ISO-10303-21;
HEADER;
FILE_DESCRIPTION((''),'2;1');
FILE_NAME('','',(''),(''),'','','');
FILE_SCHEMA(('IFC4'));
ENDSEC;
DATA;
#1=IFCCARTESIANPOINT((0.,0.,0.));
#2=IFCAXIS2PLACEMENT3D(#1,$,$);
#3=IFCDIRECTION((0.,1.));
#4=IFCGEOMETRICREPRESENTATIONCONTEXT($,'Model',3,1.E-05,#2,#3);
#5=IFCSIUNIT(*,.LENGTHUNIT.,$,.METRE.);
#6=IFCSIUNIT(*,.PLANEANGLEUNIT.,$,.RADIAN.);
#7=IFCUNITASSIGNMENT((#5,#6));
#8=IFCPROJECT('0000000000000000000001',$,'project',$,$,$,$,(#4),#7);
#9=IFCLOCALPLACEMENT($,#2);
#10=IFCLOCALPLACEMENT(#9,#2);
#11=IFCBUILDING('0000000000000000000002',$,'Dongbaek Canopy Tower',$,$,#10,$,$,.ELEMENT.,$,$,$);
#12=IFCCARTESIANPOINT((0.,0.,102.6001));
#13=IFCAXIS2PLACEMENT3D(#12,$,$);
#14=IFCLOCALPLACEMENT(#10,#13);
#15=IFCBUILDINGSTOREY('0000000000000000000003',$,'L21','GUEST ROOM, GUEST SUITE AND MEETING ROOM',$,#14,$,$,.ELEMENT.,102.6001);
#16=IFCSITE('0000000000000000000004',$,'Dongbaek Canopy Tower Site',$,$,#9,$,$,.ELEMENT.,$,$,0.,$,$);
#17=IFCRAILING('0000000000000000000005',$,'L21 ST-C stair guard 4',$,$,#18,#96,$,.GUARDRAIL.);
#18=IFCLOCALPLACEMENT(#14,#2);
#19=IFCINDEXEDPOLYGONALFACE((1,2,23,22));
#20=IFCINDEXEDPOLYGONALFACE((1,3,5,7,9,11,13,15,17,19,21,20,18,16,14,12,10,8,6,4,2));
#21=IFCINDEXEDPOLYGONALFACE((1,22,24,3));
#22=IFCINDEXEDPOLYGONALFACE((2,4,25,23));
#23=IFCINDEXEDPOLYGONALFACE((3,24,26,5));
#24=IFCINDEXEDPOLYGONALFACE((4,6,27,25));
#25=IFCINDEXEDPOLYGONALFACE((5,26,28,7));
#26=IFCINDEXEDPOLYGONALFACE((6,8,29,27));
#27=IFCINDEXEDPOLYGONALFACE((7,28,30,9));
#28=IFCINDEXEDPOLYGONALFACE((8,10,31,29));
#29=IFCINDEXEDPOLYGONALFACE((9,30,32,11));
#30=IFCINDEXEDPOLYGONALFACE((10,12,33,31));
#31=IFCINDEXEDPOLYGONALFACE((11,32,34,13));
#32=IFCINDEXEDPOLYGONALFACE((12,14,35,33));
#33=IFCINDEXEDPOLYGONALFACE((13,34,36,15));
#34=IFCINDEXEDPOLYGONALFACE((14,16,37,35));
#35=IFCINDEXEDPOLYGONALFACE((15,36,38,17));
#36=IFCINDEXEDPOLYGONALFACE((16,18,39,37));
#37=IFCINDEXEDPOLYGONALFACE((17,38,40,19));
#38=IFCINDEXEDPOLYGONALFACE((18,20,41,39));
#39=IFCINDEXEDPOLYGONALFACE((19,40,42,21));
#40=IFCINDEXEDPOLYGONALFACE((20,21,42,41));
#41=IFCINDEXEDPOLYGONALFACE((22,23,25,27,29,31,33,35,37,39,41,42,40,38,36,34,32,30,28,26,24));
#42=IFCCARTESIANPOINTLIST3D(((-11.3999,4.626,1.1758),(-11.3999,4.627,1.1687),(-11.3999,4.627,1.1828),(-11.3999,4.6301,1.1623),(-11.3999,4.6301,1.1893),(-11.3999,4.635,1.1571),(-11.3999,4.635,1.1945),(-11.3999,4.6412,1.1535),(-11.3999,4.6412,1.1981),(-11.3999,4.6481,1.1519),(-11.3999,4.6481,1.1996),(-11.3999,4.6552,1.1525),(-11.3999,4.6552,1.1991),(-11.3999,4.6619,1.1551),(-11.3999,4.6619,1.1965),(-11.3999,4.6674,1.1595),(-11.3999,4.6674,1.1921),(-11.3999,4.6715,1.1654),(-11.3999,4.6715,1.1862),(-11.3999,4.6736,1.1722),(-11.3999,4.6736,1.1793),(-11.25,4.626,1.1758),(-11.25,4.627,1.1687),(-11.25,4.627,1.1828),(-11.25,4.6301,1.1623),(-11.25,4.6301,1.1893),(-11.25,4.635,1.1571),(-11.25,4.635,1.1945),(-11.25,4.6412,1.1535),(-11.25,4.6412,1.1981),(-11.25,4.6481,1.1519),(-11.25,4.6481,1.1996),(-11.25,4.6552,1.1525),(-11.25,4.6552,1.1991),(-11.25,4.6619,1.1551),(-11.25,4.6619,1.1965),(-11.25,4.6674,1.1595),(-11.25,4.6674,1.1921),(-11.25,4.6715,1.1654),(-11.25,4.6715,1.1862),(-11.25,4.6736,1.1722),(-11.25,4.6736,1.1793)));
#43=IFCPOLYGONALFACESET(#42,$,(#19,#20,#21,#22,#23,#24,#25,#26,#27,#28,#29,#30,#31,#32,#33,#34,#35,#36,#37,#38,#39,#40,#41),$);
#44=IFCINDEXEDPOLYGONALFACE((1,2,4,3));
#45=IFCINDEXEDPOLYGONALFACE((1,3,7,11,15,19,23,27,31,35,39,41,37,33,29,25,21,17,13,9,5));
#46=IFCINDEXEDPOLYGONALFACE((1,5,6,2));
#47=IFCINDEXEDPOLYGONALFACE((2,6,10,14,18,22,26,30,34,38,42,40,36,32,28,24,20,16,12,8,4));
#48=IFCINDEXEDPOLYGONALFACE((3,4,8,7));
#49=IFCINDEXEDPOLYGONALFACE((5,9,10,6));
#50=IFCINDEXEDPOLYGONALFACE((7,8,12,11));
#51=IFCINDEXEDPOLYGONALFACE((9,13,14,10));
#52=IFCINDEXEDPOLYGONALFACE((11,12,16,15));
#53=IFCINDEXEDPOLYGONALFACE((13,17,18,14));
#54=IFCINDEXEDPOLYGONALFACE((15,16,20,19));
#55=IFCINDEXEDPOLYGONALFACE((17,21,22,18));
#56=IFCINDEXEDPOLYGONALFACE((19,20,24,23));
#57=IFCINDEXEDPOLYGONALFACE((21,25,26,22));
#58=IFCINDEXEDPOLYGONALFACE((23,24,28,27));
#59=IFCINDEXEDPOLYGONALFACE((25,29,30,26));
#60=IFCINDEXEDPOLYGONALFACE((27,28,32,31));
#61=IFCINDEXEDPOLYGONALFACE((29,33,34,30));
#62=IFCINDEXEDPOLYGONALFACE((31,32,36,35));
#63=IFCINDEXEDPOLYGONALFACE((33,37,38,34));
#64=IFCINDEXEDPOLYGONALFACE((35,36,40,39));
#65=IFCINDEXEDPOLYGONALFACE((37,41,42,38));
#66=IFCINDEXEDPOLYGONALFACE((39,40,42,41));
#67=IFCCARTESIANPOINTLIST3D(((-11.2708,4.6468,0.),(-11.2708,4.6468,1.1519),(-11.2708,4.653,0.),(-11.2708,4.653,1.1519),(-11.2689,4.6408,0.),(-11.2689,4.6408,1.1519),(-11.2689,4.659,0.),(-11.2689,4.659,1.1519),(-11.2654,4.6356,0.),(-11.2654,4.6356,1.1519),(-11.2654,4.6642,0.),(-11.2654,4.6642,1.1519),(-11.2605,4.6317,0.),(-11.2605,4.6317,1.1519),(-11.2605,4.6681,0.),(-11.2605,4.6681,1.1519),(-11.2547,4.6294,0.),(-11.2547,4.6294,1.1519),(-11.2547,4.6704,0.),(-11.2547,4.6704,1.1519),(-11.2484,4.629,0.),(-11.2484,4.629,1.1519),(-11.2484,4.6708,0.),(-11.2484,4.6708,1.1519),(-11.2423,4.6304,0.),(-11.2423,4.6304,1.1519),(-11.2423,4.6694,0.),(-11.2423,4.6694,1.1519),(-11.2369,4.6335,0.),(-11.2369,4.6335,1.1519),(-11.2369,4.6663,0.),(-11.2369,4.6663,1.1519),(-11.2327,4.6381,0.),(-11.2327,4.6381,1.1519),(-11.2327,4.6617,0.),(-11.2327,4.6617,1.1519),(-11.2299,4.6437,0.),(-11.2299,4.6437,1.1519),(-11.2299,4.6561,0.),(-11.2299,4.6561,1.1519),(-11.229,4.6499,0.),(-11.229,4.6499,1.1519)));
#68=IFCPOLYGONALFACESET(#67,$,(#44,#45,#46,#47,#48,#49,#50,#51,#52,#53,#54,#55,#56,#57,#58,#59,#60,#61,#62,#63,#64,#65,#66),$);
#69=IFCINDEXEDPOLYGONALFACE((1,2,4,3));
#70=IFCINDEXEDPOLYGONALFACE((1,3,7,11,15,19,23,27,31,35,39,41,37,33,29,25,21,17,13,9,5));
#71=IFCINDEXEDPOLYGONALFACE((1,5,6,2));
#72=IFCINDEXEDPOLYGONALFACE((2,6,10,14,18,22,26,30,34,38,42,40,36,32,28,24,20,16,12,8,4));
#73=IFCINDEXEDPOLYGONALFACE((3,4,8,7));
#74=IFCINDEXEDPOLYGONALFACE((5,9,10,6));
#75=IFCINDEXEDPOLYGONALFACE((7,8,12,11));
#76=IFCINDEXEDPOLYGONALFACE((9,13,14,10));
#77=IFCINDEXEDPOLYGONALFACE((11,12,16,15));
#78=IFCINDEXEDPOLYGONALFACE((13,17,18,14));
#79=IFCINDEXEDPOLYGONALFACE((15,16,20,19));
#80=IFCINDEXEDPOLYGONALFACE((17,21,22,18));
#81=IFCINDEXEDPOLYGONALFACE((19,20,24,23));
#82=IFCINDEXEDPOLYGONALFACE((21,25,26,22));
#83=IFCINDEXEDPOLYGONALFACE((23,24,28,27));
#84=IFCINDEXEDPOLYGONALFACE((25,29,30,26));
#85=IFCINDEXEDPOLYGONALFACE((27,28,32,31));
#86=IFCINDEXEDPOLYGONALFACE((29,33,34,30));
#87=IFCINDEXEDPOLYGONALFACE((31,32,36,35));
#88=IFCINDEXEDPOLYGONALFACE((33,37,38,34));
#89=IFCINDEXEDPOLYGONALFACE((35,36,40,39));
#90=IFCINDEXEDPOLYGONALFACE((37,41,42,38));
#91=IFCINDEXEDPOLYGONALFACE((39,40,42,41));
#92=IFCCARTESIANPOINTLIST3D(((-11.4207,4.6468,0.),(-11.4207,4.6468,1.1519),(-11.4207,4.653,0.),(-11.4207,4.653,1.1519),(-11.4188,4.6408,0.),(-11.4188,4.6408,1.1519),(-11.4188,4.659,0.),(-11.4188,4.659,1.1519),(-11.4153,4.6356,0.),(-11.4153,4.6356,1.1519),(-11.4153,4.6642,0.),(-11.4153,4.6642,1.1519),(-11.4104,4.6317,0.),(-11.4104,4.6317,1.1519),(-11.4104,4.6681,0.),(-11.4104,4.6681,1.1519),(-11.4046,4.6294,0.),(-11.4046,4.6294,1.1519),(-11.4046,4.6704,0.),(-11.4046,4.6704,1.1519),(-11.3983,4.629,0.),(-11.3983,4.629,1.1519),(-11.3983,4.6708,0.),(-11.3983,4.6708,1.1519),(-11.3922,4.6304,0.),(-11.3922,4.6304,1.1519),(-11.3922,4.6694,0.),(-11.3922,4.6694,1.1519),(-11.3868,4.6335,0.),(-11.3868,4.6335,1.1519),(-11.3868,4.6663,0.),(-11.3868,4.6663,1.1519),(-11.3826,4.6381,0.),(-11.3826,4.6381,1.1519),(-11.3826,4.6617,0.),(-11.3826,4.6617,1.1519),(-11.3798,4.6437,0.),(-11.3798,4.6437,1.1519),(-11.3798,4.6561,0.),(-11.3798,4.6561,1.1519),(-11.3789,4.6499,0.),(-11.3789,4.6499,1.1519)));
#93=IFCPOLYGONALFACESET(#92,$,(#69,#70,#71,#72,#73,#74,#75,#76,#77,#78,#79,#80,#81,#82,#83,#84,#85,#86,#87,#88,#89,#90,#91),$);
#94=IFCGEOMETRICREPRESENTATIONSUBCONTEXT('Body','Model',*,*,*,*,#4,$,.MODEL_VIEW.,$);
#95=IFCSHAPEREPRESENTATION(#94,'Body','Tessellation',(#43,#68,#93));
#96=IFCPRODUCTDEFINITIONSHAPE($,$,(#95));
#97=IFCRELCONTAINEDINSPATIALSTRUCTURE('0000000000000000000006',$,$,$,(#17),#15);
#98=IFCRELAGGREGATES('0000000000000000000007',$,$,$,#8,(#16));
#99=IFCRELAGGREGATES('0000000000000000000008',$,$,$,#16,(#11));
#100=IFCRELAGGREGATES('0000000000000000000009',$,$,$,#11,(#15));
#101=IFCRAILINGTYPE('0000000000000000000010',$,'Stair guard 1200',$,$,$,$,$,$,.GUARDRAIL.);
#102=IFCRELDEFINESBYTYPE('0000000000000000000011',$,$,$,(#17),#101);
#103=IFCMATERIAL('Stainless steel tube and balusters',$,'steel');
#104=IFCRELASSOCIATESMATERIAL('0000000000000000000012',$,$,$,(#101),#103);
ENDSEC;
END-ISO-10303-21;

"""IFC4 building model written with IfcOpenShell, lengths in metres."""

from ifc_helpers import new_model, si_unit, direction, frame, origin, origin_2d, place, context, subcontext, project, spatial, circle, extrude, material, type_object, element, save


model = new_model("IFC4")

# Units and contexts
model_context = context("Model", 3, precision=1e-05, world=origin(), true_north=direction((0.0, 1.0)))
body_context = subcontext(model_context, "Body", "Model", "MODEL_VIEW")
ifc_project = project(units=[si_unit("LENGTHUNIT", "METRE"), si_unit("PLANEANGLEUNIT", "RADIAN")], contexts=[model_context])

# Site, building, storey
site_placement = place(None, origin())
site = spatial("IfcSite", under=ifc_project, at=site_placement, Name="Dongbaek Canopy Tower Site", CompositionType="ELEMENT", RefElevation=0.0)
building_placement = place(site_placement, origin())
building = spatial("IfcBuilding", under=site, at=building_placement, Name="Dongbaek Canopy Tower", CompositionType="ELEMENT")
storey_placement = place(building_placement, frame((0.0, 0.0, 102.6001)))
storey = spatial("IfcBuildingStorey", under=building, at=storey_placement, Name="L21", Description="GUEST ROOM, GUEST SUITE AND MEETING ROOM", CompositionType="ELEMENT", Elevation=102.6001)

# Railing
ifc_material_1 = material(Name="Stainless steel tube and balusters", Category="steel")
railing_type_1 = type_object("IfcRailingType", Name="Stair guard 1200", PredefinedType="GUARDRAIL", material=ifc_material_1)
railing_1_placement = place(storey_placement, frame((-11.25, 4.6499, 0.0)))
element("IfcRailing", 1, at=railing_1_placement, inside=storey, type_object=railing_type_1, Name="L21 ST-C stair guard 4", PredefinedType="GUARDRAIL", context=body_context, shape_type="SweptSolid", body=[
    extrude(circle(Radius=0.0239, at=origin_2d()), frame((0.0, 0.0, 1.1758), z_axis=(-1.0, 0.0, 0.0), x_axis=(0.0, -1.0, 0.0)), (0.0, 0.0, 1.0), 0.1499),
    extrude(circle(Radius=0.021, at=origin_2d()), origin(), (0.0, 0.0, 1.0), 1.1519),
    extrude(circle(Radius=0.021, at=origin_2d()), frame((-0.1499, 0.0, 0.0)), (0.0, 0.0, 1.0), 1.1519),
])

save(model, "model.ifc")
